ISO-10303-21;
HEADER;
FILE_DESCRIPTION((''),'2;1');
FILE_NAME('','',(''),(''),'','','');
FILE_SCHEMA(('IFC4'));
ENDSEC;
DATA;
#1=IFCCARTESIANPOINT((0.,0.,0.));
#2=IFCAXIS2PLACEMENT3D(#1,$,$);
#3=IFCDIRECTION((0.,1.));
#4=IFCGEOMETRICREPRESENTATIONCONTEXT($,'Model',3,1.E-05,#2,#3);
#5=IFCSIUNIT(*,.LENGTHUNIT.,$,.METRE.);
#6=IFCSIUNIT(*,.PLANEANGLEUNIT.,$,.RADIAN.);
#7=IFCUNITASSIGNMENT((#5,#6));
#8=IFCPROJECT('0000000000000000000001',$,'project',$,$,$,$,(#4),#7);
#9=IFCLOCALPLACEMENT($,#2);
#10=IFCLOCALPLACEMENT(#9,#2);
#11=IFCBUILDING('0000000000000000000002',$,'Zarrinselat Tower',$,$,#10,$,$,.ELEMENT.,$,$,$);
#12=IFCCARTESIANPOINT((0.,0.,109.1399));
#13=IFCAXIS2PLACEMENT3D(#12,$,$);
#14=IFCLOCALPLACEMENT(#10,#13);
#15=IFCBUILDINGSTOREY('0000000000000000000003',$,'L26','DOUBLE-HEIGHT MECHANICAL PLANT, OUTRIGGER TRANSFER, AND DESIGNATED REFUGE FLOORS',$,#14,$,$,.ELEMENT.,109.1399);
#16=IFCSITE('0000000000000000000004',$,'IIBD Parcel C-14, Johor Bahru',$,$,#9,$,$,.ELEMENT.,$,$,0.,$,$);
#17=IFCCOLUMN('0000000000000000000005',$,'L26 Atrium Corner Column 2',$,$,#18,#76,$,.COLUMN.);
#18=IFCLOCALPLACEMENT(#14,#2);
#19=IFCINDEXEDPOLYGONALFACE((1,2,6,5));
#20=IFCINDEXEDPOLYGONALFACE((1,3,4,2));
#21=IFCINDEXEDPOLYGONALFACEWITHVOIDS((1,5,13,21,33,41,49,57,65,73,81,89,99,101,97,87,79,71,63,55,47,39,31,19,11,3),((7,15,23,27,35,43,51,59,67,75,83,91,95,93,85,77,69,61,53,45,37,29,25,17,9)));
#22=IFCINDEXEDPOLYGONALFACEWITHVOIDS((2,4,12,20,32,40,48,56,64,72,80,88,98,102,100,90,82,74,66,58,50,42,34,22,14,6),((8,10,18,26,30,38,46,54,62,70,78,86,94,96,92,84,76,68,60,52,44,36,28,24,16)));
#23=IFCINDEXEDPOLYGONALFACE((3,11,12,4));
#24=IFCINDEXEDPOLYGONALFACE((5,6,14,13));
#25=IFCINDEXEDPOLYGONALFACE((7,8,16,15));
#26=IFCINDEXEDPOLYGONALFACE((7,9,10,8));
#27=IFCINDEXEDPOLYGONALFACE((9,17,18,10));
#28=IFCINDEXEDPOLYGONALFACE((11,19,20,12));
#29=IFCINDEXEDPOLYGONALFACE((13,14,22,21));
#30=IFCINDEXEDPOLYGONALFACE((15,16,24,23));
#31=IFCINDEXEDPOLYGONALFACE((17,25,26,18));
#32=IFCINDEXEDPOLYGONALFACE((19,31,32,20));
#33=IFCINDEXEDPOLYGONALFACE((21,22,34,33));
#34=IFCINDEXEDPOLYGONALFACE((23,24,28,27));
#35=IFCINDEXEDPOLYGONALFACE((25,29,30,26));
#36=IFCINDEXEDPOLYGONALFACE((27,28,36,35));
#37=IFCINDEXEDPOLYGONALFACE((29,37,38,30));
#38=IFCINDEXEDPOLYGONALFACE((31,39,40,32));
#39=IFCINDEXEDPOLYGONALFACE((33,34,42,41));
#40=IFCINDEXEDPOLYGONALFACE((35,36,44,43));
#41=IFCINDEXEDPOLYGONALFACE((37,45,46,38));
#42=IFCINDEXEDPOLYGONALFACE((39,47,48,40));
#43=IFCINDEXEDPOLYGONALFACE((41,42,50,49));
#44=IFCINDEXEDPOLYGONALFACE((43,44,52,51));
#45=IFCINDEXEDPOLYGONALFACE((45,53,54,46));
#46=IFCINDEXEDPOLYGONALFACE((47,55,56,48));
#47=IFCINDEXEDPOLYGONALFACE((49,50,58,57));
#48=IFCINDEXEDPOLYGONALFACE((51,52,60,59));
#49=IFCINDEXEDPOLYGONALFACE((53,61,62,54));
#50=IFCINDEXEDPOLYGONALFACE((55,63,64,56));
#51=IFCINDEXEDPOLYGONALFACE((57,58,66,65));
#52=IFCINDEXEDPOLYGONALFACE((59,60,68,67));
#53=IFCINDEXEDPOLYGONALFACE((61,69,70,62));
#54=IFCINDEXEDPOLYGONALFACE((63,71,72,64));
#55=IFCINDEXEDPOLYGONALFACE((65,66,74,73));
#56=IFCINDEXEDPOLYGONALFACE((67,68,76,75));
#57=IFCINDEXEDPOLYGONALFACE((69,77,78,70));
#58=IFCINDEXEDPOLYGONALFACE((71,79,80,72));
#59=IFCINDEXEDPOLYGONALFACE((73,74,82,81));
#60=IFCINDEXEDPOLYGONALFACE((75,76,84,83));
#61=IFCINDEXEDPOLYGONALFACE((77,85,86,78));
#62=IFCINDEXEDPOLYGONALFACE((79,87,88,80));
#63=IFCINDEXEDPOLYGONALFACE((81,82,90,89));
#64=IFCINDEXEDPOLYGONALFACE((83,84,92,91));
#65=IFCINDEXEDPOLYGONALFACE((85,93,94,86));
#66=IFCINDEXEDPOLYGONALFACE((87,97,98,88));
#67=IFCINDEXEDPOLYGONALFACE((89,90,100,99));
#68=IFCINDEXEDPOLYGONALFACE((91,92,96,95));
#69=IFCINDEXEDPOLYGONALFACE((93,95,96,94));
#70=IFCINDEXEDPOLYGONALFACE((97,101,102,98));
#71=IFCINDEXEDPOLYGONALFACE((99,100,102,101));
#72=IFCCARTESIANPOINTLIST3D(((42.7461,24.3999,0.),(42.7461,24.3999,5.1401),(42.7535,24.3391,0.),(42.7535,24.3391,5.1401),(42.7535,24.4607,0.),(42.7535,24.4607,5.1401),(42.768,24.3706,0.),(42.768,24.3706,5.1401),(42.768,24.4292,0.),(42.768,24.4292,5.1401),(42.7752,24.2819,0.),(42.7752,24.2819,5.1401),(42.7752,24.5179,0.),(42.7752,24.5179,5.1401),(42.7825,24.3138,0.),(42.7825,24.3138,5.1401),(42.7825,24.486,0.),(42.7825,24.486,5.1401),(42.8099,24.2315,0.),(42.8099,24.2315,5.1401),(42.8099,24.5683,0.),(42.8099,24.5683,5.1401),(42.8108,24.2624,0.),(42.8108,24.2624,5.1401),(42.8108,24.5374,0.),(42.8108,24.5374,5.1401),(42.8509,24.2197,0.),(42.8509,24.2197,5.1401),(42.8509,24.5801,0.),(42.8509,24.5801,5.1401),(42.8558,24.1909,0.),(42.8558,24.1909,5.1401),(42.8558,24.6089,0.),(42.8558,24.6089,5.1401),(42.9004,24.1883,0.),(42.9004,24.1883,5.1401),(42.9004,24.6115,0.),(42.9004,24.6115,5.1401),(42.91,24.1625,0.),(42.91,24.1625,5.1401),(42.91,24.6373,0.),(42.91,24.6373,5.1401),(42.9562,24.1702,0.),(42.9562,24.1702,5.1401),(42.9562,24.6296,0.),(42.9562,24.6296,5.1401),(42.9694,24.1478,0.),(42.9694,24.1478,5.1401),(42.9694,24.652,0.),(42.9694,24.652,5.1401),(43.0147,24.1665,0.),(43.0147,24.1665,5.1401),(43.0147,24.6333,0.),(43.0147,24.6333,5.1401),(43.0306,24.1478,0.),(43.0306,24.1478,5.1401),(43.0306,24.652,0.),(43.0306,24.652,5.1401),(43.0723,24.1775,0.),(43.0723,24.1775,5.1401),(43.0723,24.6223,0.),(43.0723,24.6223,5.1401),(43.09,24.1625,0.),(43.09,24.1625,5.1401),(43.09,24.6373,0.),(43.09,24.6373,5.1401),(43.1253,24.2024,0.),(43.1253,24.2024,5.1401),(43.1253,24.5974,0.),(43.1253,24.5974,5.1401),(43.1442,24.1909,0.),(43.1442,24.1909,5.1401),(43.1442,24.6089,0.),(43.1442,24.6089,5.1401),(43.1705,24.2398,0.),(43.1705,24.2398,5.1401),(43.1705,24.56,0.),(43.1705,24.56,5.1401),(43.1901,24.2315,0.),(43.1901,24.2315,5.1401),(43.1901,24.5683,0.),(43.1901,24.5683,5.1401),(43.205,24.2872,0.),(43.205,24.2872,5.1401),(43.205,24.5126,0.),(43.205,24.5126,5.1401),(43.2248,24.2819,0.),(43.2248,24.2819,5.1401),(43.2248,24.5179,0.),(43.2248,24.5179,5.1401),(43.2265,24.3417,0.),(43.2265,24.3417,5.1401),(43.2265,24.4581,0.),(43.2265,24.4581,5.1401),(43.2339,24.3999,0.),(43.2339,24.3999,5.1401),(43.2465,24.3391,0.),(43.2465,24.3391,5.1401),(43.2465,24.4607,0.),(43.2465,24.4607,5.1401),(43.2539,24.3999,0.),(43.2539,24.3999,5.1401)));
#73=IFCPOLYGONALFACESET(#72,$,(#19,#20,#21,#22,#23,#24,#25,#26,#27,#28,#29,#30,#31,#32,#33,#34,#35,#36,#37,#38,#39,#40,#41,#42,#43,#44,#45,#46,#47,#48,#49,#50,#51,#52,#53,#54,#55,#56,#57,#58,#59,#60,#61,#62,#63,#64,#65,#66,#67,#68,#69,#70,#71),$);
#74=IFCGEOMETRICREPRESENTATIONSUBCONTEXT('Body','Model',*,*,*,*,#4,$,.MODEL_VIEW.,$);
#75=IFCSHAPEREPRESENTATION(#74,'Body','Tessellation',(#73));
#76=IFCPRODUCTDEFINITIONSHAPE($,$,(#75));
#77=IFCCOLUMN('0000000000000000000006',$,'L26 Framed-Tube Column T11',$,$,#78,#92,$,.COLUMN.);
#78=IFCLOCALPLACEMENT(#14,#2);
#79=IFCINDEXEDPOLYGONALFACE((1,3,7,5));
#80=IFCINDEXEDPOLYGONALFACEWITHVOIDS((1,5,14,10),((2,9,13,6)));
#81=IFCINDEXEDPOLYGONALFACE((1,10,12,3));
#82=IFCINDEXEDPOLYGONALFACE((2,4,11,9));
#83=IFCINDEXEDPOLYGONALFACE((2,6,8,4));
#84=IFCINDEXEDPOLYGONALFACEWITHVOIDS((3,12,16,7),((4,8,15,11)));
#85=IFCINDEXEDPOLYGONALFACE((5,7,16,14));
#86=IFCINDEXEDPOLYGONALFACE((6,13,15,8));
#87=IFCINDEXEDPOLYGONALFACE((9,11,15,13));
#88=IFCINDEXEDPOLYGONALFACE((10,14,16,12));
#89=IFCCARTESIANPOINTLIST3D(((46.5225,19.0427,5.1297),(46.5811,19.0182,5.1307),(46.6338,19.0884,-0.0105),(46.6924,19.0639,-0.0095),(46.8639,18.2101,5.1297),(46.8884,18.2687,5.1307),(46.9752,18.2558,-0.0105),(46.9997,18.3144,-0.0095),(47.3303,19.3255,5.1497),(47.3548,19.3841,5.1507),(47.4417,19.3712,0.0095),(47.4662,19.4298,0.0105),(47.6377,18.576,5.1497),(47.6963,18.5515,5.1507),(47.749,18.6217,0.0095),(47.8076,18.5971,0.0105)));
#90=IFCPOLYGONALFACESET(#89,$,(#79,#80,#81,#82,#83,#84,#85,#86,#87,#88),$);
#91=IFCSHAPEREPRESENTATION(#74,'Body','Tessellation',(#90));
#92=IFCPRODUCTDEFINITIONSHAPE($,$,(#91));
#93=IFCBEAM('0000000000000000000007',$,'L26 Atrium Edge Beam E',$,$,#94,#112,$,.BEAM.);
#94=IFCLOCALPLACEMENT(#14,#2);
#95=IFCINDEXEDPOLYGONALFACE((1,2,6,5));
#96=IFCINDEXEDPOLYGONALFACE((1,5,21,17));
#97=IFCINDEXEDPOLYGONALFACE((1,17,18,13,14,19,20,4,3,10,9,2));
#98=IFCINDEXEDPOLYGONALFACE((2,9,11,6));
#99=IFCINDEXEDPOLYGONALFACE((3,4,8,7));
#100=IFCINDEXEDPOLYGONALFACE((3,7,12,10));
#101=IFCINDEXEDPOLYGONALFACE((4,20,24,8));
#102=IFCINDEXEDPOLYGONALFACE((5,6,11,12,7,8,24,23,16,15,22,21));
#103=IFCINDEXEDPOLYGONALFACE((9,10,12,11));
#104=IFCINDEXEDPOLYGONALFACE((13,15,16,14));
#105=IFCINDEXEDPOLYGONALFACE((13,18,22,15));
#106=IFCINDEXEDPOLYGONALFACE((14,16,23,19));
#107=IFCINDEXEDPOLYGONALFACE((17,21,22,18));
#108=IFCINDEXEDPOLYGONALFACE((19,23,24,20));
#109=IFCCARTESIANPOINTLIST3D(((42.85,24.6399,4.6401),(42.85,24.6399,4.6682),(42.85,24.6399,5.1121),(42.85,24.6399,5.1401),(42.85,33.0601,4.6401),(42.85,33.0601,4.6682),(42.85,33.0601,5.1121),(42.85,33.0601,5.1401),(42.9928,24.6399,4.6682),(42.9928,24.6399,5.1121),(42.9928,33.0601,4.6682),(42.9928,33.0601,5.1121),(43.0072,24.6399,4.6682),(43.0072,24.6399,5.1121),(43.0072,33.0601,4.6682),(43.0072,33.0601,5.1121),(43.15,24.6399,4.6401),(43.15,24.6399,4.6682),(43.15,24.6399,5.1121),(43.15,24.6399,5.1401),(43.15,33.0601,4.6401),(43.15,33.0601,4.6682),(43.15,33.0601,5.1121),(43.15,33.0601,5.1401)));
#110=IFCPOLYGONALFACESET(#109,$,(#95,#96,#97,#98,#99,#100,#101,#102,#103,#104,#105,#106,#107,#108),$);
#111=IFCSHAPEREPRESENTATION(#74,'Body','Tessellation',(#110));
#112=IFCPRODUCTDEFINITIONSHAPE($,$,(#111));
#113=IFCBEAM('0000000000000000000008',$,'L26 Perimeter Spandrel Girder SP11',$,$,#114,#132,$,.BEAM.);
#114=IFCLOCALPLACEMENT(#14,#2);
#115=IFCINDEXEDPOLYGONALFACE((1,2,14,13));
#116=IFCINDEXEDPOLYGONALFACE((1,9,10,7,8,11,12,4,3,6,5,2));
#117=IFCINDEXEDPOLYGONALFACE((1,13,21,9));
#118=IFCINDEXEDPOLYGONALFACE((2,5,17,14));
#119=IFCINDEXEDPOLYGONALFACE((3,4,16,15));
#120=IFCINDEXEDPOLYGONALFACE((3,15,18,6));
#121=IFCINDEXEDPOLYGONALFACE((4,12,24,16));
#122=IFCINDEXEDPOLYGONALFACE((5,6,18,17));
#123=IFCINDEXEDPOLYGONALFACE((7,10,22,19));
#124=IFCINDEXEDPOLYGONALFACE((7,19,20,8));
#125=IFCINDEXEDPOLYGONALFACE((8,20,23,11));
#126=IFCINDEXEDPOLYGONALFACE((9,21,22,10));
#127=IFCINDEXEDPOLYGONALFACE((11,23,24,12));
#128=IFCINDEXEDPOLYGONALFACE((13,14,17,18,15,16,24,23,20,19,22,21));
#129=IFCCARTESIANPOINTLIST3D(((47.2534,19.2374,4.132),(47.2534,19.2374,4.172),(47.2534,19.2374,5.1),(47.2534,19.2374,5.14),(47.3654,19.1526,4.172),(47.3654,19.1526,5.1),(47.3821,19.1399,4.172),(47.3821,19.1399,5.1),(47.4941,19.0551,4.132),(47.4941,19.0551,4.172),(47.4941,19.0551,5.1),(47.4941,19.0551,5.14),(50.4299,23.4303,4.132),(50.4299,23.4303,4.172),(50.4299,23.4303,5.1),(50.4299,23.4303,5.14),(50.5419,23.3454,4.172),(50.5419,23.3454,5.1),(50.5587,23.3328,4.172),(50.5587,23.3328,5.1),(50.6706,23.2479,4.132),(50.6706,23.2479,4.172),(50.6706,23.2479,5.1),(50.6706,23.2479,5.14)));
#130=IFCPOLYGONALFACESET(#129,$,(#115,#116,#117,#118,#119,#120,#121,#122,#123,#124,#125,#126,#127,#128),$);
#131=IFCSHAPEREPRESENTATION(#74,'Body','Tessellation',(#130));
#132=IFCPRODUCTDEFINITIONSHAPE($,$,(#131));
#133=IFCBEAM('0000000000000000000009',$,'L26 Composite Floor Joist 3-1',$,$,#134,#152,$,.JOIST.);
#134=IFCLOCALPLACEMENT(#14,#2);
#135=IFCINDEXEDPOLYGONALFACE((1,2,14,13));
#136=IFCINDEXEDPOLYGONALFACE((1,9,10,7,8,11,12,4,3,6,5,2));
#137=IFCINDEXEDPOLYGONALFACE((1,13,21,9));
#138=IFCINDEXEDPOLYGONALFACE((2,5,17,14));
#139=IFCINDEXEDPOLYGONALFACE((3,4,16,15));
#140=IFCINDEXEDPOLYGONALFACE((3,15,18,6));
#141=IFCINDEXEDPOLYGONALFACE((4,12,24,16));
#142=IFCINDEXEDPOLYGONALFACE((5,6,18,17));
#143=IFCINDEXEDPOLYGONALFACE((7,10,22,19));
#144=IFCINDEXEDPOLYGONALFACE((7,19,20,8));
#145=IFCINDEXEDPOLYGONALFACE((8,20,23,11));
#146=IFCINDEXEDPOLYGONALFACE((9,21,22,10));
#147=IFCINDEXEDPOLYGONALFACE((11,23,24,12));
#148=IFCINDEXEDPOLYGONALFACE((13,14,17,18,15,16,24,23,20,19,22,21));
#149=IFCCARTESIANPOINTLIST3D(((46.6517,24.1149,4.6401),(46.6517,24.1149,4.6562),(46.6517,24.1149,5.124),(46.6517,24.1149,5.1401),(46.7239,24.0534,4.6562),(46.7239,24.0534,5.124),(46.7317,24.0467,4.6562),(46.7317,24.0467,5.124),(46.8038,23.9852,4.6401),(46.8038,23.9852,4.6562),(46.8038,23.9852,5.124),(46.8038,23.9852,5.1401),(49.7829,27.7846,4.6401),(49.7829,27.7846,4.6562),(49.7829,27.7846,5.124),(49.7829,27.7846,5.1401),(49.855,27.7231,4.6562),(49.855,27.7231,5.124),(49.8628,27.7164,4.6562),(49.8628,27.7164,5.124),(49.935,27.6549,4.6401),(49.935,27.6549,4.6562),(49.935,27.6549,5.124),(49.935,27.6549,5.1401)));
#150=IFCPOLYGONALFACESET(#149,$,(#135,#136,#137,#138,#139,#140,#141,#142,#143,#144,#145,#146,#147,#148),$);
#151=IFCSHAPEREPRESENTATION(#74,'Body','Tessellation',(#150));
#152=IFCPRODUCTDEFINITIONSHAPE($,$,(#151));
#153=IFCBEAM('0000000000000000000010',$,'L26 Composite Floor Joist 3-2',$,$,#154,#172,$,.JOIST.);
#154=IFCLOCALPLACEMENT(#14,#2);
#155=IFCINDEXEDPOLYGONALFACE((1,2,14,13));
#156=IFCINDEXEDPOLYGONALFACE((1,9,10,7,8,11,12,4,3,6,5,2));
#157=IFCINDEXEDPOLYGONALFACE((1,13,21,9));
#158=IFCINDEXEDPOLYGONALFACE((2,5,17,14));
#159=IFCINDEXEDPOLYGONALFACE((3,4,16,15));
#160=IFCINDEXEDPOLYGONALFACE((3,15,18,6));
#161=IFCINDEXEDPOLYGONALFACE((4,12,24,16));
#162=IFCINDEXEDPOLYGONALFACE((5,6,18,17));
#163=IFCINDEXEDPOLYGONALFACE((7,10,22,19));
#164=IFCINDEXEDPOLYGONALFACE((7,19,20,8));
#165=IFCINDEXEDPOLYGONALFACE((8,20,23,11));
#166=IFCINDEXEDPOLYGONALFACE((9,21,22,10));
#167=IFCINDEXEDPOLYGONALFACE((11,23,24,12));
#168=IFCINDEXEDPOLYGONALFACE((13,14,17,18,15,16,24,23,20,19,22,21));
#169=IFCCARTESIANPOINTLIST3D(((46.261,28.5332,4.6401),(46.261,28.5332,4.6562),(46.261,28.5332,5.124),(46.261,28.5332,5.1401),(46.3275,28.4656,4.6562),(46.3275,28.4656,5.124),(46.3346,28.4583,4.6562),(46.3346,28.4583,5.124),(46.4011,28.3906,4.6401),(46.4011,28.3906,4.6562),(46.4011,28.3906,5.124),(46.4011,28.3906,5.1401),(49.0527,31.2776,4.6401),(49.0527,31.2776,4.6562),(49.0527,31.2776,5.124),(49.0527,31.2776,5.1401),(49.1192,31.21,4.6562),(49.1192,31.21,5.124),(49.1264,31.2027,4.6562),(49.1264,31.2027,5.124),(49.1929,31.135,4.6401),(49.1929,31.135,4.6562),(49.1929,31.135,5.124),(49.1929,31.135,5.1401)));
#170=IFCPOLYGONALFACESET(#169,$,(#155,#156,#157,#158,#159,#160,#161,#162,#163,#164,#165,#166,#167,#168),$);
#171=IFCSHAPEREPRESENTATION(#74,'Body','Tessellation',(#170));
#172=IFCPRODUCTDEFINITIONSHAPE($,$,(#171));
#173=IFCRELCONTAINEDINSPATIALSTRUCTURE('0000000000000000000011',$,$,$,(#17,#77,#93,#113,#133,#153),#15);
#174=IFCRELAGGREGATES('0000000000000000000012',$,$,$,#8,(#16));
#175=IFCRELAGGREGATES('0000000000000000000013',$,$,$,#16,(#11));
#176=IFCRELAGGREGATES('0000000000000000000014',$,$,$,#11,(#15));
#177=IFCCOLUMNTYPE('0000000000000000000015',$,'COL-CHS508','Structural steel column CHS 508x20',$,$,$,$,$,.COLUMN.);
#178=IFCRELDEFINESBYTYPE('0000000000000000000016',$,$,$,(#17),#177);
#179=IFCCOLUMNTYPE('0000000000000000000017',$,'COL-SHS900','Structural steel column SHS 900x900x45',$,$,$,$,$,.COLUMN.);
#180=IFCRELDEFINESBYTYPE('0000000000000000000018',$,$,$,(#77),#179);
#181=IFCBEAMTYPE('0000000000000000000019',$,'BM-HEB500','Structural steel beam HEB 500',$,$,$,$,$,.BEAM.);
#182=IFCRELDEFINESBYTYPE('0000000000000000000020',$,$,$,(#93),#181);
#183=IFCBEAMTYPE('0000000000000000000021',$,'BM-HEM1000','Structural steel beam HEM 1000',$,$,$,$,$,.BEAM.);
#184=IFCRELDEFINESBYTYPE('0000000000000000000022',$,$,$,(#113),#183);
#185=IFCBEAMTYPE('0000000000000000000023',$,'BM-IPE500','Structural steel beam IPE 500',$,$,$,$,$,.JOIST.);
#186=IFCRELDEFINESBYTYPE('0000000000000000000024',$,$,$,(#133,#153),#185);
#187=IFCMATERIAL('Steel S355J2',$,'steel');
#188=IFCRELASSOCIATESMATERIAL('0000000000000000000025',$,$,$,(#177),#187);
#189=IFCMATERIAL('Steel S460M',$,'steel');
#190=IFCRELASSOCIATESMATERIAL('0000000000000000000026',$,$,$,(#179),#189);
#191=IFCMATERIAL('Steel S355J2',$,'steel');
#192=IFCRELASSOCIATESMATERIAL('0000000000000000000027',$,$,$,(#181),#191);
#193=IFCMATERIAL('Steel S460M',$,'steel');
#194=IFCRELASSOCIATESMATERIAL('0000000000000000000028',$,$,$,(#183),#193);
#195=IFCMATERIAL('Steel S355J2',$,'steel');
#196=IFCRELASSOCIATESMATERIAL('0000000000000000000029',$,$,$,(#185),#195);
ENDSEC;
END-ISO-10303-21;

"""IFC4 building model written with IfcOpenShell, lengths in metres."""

from ifc_helpers import new_model, si_unit, direction, frame, origin, origin_2d, place, context, subcontext, project, spatial, hollow_rectangle, hollow_circle, i_section, extrude, material, material_profile, profile_set, type_object, element, save


model = new_model("IFC4")

# Units and contexts
model_context = context("Model", 3, precision=1e-05, world=origin(), true_north=direction((0.0, 1.0)))
body_context = subcontext(model_context, "Body", "Model", "MODEL_VIEW")
ifc_project = project(units=[si_unit("LENGTHUNIT", "METRE"), si_unit("PLANEANGLEUNIT", "RADIAN")], contexts=[model_context])

# Site, building, storey
site_placement = place(None, origin())
site = spatial("IfcSite", under=ifc_project, at=site_placement, Name="IIBD Parcel C-14, Johor Bahru", CompositionType="ELEMENT", RefElevation=0.0)
building_placement = place(site_placement, origin())
building = spatial("IfcBuilding", under=site, at=building_placement, Name="Zarrinselat Tower", CompositionType="ELEMENT")
storey_placement = place(building_placement, frame((0.0, 0.0, 109.1399)))
storey = spatial("IfcBuildingStorey", under=building, at=storey_placement, Name="L26", Description="DOUBLE-HEIGHT MECHANICAL PLANT, OUTRIGGER TRANSFER, AND DESIGNATED REFUGE FLOORS", CompositionType="ELEMENT", Elevation=109.1399)

# Columns
ifc_material_1 = material(Name="Steel S355J2", Category="steel")
ifc_material_profile_1 = material_profile(ifc_material_1, hollow_circle(Radius=0.2539, WallThickness=0.02, at=origin_2d()), Name="CHS 508x20")
ifc_profile_set_1 = profile_set([ifc_material_profile_1], Name="Steel S355J2")
column_type_1 = type_object("IfcColumnType", Name="COL-CHS508", Description="Structural steel column CHS 508x20", PredefinedType="COLUMN", material=ifc_profile_set_1)
column_1_placement = place(storey_placement, frame((43.0, 24.3999, 0.0), z_axis=(0.0, 0.0, 1.0), x_axis=(1.0, 0.0, 0.0)))
element("IfcColumn", 1, at=column_1_placement, inside=storey, type_object=column_type_1, Name="L26 Atrium Corner Column 2", PredefinedType="COLUMN", context=body_context, shape_type="SweptSolid", body=[
    extrude(hollow_circle(Radius=0.2539, WallThickness=0.02, at=origin_2d()), origin(), (0.0, 0.0, 1.0), 5.1401),
])
ifc_material_2 = material(Name="Steel S460M", Category="steel")
ifc_material_profile_2 = material_profile(ifc_material_2, hollow_rectangle(XDim=0.8999, YDim=0.8999, WallThickness=0.0449, at=origin_2d()), Name="SHS 900x900x45")
ifc_profile_set_2 = profile_set([ifc_material_profile_2], Name="Steel S460M")
column_type_2 = type_object("IfcColumnType", Name="COL-SHS900", Description="Structural steel column SHS 900x900x45", PredefinedType="COLUMN", material=ifc_profile_set_2)
column_2_placement = place(storey_placement, frame((47.2207, 18.8428, 0.0), z_axis=(-0.021653, -0.008879, 0.999726), x_axis=(0.379423, -0.925223, 0.0)))
element("IfcColumn", 2, at=column_2_placement, inside=storey, type_object=column_type_2, Name="L26 Framed-Tube Column T11", PredefinedType="COLUMN", context=body_context, shape_type="SweptSolid", body=[
    extrude(hollow_rectangle(XDim=0.8999, YDim=0.8999, WallThickness=0.0449, at=origin_2d()), origin(), (0.0, 0.0, 1.0), 5.1416),
])

# Beams
ifc_material_3 = material(Name="Steel S355J2", Category="steel")
ifc_material_profile_3 = material_profile(ifc_material_3, i_section(OverallWidth=0.3, OverallDepth=0.5, WebThickness=0.0144, FlangeThickness=0.0281, at=origin_2d()), Name="HEB 500")
ifc_profile_set_3 = profile_set([ifc_material_profile_3], Name="Steel S355J2")
beam_type_1 = type_object("IfcBeamType", Name="BM-HEB500", Description="Structural steel beam HEB 500", PredefinedType="BEAM", material=ifc_profile_set_3)
beam_1_placement = place(storey_placement, frame((43.0, 24.6399, 4.8901), z_axis=(0.0, 1.0, 0.0), x_axis=(-1.0, 0.0, 0.0)))
element("IfcBeam", 3, at=beam_1_placement, inside=storey, type_object=beam_type_1, Name="L26 Atrium Edge Beam E", PredefinedType="BEAM", context=body_context, shape_type="SweptSolid", body=[
    extrude(i_section(OverallWidth=0.3, OverallDepth=0.5, WebThickness=0.0144, FlangeThickness=0.0281, at=origin_2d()), origin(), (0.0, 0.0, 1.0), 8.4202),
])
ifc_material_4 = material(Name="Steel S460M", Category="steel")
ifc_material_profile_4 = material_profile(ifc_material_4, i_section(OverallWidth=0.302, OverallDepth=1.0081, WebThickness=0.021, FlangeThickness=0.04, at=origin_2d()), Name="HEM 1000")
ifc_profile_set_4 = profile_set([ifc_material_profile_4], Name="Steel S460M")
beam_type_2 = type_object("IfcBeamType", Name="BM-HEM1000", Description="Structural steel beam HEM 1000", PredefinedType="BEAM", material=ifc_profile_set_4)
beam_2_placement = place(storey_placement, frame((47.3738, 19.1462, 4.636), z_axis=(0.603869, 0.797083, 0.0), x_axis=(-0.797083, 0.603869, 0.0)))
element("IfcBeam", 4, at=beam_2_placement, inside=storey, type_object=beam_type_2, Name="L26 Perimeter Spandrel Girder SP11", PredefinedType="BEAM", context=body_context, shape_type="SweptSolid", body=[
    extrude(i_section(OverallWidth=0.302, OverallDepth=1.0081, WebThickness=0.021, FlangeThickness=0.04, at=origin_2d()), origin(), (0.0, 0.0, 1.0), 5.2603),
])
ifc_material_5 = material(Name="Steel S355J2", Category="steel")
ifc_material_profile_5 = material_profile(ifc_material_5, i_section(OverallWidth=0.2, OverallDepth=0.5, WebThickness=0.0103, FlangeThickness=0.0161, at=origin_2d()), Name="IPE 500")
ifc_profile_set_5 = profile_set([ifc_material_profile_5], Name="Steel S355J2")
beam_type_3 = type_object("IfcBeamType", Name="BM-IPE500", Description="Structural steel beam IPE 500", PredefinedType="JOIST", material=ifc_profile_set_5)
beam_3_placement = place(storey_placement, frame((46.7278, 24.05, 4.8901), z_axis=(0.649077, 0.760723, 0.0), x_axis=(-0.760723, 0.649077, 0.0)))
element("IfcBeam", 5, at=beam_3_placement, inside=storey, type_object=beam_type_3, Name="L26 Composite Floor Joist 3-1", PredefinedType="JOIST", context=body_context, shape_type="SweptSolid", body=[
    extrude(i_section(OverallWidth=0.2, OverallDepth=0.5, WebThickness=0.0103, FlangeThickness=0.0161, at=origin_2d()), origin(), (0.0, 0.0, 1.0), 4.824),
])
beam_4_placement = place(storey_placement, frame((46.3311, 28.4619, 4.8901), z_axis=(0.71313, 0.701032, 0.0), x_axis=(-0.701032, 0.71313, 0.0)))
element("IfcBeam", 6, at=beam_4_placement, inside=storey, type_object=beam_type_3, Name="L26 Composite Floor Joist 3-2", PredefinedType="JOIST", context=body_context, shape_type="SweptSolid", body=[
    extrude(i_section(OverallWidth=0.2, OverallDepth=0.5, WebThickness=0.0103, FlangeThickness=0.0161, at=origin_2d()), origin(), (0.0, 0.0, 1.0), 3.9148),
])

save(model, "model.ifc")
